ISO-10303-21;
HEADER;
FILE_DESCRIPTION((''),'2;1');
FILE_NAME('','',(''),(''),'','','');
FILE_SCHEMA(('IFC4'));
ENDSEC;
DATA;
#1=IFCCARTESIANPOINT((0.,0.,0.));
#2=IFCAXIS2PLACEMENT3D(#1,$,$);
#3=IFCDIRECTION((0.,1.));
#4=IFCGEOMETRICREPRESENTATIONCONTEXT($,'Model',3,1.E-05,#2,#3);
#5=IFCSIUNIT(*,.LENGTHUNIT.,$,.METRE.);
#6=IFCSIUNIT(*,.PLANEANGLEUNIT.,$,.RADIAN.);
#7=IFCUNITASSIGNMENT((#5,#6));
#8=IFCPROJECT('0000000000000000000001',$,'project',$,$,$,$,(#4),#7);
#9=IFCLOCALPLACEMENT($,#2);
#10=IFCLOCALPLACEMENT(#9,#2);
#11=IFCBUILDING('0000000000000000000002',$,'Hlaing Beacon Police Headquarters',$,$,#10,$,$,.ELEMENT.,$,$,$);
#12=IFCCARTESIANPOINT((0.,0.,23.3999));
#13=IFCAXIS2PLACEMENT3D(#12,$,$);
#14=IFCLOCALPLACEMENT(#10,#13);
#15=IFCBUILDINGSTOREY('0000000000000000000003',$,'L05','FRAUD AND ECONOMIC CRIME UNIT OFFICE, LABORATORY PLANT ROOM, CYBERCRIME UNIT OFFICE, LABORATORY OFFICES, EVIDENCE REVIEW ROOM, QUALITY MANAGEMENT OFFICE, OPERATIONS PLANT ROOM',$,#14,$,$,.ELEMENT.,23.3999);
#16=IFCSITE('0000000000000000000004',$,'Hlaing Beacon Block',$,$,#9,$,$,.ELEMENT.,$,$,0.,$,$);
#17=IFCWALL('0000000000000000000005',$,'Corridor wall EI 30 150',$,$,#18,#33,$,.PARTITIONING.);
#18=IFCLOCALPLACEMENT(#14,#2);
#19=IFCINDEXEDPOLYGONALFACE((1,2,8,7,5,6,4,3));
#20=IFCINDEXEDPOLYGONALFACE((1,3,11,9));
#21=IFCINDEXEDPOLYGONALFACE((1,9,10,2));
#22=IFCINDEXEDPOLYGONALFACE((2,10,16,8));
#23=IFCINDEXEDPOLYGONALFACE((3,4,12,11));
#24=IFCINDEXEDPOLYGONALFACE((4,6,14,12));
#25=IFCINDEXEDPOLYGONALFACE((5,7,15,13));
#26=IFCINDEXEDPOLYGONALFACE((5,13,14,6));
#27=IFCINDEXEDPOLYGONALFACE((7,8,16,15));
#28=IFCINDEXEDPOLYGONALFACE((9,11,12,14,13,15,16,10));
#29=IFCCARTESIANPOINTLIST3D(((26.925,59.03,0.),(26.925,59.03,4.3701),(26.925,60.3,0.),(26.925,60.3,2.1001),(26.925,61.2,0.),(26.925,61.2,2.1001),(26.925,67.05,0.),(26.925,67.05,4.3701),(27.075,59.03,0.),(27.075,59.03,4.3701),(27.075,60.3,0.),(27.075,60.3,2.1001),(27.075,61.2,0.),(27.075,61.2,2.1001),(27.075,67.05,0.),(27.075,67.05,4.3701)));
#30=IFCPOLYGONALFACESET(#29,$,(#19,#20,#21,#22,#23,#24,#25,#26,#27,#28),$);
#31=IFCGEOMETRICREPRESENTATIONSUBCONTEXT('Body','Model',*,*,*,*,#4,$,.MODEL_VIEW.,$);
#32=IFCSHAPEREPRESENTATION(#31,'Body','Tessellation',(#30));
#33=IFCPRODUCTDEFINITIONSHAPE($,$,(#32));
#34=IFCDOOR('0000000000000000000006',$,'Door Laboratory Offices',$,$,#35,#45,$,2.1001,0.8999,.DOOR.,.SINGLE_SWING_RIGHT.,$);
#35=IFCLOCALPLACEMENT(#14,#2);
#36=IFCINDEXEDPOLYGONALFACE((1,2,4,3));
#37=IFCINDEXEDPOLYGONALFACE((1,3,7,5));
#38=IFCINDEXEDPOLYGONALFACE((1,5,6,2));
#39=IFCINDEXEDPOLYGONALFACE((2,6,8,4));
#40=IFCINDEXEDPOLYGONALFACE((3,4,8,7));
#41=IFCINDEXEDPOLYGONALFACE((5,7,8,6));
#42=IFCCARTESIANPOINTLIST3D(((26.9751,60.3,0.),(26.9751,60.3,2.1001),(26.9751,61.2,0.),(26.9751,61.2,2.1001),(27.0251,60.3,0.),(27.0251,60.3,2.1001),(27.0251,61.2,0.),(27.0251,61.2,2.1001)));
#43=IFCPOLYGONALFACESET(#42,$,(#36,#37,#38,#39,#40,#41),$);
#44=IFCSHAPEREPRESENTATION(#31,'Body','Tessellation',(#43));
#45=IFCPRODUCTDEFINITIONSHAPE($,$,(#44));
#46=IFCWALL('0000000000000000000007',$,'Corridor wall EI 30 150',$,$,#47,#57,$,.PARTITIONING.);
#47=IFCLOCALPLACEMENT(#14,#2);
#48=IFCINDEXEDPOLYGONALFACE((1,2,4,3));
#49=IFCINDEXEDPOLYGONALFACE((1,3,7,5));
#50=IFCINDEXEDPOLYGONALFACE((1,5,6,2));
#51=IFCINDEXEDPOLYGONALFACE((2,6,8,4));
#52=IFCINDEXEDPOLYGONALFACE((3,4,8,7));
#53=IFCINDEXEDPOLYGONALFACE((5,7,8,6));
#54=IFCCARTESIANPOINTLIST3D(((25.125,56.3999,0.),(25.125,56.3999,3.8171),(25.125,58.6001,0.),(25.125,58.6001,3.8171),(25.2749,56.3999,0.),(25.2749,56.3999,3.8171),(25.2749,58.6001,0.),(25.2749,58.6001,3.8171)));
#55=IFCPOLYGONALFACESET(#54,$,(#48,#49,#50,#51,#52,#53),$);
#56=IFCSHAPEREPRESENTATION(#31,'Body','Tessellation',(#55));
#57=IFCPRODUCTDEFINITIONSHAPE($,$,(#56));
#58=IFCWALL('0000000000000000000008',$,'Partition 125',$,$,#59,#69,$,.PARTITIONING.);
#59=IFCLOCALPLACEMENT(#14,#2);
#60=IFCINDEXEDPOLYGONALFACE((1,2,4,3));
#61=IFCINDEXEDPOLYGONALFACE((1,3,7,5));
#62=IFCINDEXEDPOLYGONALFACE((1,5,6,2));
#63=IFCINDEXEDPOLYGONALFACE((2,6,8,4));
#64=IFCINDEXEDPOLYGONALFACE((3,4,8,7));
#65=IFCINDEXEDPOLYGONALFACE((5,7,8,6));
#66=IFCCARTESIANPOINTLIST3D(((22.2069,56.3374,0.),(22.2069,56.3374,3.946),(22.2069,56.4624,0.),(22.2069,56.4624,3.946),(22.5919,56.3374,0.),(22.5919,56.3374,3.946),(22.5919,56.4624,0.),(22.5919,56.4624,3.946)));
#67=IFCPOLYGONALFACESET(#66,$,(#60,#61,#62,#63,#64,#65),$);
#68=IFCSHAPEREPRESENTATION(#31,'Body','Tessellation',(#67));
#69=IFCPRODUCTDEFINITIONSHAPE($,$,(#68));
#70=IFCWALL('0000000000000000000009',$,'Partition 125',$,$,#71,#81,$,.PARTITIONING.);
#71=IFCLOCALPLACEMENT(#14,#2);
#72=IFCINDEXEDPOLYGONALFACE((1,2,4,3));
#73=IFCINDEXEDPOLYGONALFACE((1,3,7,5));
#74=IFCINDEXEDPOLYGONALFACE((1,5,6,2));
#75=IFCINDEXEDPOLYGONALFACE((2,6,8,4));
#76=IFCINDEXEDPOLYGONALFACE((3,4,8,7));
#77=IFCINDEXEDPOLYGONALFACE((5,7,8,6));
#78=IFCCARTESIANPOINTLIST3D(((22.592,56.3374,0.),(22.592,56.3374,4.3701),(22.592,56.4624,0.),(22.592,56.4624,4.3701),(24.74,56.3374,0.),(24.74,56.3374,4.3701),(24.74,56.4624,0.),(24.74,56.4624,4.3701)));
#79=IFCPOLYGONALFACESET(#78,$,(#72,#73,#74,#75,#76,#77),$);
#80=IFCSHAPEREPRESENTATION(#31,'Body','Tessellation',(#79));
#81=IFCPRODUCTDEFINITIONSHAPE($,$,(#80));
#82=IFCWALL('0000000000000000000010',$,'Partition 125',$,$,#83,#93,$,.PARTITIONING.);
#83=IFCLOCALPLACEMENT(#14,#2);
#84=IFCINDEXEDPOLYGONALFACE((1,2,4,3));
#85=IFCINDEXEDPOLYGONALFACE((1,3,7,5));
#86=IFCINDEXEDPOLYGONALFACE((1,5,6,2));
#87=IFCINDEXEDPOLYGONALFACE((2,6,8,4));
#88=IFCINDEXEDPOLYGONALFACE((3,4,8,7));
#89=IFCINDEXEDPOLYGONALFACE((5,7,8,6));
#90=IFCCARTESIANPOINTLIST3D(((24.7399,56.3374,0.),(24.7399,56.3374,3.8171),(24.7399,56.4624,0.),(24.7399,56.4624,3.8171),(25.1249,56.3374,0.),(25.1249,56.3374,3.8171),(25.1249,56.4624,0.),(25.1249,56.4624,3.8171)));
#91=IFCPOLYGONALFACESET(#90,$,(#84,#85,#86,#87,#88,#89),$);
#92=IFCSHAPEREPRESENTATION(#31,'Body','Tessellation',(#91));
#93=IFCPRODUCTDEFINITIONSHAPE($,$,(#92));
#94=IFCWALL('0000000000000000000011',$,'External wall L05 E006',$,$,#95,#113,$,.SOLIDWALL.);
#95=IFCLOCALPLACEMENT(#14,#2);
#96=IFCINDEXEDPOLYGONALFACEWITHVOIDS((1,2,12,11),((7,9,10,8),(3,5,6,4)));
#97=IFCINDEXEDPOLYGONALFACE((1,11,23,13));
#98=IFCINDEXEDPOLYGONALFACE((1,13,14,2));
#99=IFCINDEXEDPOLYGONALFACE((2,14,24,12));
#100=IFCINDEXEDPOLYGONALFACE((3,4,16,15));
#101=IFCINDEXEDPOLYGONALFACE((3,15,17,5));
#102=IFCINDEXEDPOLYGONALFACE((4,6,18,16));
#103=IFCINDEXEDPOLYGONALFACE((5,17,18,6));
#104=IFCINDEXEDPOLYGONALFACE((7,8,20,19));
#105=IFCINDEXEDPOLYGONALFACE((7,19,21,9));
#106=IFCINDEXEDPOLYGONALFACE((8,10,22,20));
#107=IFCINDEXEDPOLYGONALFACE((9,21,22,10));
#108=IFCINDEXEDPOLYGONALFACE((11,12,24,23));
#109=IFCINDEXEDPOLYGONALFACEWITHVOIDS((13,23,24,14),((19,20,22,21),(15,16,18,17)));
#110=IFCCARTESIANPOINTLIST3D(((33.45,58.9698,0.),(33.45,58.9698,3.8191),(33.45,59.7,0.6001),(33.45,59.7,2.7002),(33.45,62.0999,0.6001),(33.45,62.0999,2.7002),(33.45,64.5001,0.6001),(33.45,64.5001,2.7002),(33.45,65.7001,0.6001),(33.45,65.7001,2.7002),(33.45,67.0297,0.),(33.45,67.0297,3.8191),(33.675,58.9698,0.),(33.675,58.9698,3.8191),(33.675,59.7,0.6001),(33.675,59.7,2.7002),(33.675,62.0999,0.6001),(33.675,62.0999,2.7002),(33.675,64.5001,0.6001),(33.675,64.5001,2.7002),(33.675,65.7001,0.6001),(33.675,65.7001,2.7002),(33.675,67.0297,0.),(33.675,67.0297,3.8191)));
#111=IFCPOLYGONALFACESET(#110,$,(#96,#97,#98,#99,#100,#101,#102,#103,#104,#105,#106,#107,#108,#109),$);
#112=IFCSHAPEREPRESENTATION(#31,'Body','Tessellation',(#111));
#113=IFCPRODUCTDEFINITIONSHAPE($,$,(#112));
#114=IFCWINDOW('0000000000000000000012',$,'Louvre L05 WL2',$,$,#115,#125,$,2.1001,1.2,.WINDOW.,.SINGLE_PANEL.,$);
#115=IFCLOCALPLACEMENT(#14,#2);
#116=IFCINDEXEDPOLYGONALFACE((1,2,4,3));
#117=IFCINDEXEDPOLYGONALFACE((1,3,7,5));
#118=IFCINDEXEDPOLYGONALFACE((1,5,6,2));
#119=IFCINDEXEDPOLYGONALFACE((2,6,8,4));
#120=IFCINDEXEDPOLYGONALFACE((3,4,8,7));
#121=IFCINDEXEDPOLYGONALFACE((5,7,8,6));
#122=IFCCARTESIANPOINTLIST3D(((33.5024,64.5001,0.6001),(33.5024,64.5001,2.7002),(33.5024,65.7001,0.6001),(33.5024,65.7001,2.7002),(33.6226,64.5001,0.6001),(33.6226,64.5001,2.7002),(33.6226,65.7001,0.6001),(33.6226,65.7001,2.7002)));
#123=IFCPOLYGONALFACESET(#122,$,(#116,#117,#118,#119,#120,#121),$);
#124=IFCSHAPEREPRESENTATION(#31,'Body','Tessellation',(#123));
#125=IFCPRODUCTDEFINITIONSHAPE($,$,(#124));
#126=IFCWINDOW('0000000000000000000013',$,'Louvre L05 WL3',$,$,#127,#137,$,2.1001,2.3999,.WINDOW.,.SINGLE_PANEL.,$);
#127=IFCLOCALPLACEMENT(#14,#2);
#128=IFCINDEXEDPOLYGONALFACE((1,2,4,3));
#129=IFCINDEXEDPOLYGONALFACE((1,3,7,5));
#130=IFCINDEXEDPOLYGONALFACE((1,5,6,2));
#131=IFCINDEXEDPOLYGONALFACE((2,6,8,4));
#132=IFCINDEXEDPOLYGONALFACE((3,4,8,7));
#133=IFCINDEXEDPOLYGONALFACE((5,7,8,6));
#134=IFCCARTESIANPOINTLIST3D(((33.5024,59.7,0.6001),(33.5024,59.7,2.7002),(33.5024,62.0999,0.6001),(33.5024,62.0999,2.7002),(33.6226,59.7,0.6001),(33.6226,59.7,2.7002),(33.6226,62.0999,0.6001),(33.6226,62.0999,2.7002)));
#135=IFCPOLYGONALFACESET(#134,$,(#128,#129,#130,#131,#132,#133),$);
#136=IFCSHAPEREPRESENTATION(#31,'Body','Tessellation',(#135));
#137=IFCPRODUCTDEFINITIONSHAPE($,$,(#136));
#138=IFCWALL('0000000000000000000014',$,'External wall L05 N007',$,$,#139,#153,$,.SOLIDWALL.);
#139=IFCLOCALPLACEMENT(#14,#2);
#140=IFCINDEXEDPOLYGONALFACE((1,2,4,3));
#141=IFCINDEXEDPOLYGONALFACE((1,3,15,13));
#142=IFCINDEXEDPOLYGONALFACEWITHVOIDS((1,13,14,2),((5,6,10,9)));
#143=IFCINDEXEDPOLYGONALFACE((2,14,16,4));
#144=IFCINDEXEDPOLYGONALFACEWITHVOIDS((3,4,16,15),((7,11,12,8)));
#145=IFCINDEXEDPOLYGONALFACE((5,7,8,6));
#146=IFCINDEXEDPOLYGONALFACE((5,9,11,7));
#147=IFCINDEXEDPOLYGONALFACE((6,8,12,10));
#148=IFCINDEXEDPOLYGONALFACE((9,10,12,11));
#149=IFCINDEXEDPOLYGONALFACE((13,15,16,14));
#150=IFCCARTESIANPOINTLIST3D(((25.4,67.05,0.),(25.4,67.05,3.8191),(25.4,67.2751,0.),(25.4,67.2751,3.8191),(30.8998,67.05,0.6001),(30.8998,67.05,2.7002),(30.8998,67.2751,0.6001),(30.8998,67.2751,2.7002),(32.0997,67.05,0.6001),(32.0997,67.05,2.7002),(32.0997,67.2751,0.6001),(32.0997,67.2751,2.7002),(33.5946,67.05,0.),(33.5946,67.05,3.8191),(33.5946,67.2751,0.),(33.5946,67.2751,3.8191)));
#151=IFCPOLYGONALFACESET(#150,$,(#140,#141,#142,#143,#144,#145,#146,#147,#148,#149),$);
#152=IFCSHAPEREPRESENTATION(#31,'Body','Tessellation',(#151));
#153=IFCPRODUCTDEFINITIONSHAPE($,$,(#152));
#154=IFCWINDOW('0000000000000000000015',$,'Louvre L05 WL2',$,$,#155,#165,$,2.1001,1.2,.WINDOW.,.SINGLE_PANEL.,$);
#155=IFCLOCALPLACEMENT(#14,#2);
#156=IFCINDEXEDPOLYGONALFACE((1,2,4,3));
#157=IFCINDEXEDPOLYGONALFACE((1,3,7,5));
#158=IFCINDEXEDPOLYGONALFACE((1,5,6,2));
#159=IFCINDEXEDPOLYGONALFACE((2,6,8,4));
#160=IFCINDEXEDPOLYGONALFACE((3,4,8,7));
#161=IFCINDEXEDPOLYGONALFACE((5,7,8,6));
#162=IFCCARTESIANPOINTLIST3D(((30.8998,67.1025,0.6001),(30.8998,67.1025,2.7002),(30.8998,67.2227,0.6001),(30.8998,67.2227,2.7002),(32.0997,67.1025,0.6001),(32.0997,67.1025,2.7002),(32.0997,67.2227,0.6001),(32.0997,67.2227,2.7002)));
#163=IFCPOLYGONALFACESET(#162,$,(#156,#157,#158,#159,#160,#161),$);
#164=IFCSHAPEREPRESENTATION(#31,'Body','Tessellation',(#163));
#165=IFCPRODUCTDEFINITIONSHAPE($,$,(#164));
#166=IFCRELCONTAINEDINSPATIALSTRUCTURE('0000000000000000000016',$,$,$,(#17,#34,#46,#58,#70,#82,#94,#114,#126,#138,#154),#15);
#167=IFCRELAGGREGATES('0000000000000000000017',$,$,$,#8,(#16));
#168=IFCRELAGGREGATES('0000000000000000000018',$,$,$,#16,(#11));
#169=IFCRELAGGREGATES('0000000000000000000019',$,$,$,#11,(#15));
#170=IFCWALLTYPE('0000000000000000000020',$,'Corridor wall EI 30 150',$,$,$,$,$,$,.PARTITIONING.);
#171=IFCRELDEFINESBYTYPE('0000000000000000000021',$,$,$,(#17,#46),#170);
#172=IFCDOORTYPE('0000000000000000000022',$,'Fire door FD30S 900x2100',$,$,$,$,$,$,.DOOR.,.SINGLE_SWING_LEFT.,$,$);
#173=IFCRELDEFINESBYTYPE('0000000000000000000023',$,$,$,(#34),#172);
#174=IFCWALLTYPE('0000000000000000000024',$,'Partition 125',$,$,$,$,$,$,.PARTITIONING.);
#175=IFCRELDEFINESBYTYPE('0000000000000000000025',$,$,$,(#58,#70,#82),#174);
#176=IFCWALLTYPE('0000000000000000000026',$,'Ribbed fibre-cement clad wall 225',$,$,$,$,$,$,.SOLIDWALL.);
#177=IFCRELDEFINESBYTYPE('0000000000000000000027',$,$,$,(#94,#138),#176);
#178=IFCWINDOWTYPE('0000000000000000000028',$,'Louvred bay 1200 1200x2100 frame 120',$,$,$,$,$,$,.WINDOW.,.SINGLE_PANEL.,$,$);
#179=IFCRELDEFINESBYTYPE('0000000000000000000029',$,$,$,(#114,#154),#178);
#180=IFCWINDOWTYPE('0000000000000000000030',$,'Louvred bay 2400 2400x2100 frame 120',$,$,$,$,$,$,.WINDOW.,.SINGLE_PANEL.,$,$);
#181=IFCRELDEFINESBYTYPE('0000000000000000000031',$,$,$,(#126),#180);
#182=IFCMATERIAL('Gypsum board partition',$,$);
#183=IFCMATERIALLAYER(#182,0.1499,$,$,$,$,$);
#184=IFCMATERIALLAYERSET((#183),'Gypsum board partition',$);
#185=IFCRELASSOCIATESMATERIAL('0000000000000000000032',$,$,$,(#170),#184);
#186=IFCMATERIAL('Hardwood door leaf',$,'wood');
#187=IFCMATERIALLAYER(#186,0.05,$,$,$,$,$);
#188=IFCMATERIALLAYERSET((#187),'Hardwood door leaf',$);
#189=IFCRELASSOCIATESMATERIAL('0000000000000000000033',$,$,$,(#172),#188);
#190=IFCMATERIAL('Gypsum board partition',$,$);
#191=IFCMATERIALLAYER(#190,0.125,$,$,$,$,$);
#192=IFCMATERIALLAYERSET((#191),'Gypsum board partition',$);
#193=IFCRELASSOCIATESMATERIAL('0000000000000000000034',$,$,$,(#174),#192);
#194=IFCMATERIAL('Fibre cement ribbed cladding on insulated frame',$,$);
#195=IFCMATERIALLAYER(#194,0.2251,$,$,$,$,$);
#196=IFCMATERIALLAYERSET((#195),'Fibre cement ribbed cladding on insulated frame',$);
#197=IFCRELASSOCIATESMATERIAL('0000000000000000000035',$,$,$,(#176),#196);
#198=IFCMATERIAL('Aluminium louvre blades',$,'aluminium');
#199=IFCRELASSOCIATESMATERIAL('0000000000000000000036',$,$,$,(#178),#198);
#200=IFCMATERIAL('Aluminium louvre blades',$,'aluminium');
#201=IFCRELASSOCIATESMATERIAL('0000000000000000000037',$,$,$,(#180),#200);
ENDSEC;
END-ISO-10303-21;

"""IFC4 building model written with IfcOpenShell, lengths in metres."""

from ifc_helpers import new_model, si_unit, direction, frame, frame_2d, origin, place, context, subcontext, project, spatial, rectangle, extrude, material, layer, layer_set, type_object, element, fill, save


model = new_model("IFC4")

# Units and contexts
model_context = context("Model", 3, precision=1e-05, world=origin(), true_north=direction((0.0, 1.0)))
body_context = subcontext(model_context, "Body", "Model", "MODEL_VIEW")
ifc_project = project(units=[si_unit("LENGTHUNIT", "METRE"), si_unit("PLANEANGLEUNIT", "RADIAN")], contexts=[model_context])

# Site, building, storey
site_placement = place(None, origin())
site = spatial("IfcSite", under=ifc_project, at=site_placement, Name="Hlaing Beacon Block", CompositionType="ELEMENT", RefElevation=0.0)
building_placement = place(site_placement, origin())
building = spatial("IfcBuilding", under=site, at=building_placement, Name="Hlaing Beacon Police Headquarters", CompositionType="ELEMENT")
storey_placement = place(building_placement, frame((0.0, 0.0, 23.3999)))
storey = spatial("IfcBuildingStorey", under=building, at=storey_placement, Name="L05", Description="FRAUD AND ECONOMIC CRIME UNIT OFFICE, LABORATORY PLANT ROOM, CYBERCRIME UNIT OFFICE, LABORATORY OFFICES, EVIDENCE REVIEW ROOM, QUALITY MANAGEMENT OFFICE, OPERATIONS PLANT ROOM", CompositionType="ELEMENT", Elevation=23.3999)

# Shared definitions
ifc_material_1 = material(Name="Gypsum board partition")
ifc_layer_1 = layer(ifc_material_1, 0.1499)
ifc_layer_set_1 = layer_set([ifc_layer_1], Name="Gypsum board partition")
wall_type_1 = type_object("IfcWallType", Name="Corridor wall EI 30 150", PredefinedType="PARTITIONING", material=ifc_layer_set_1)

# Wall, opening, door
wall_1_placement = place(storey_placement, frame((27.0, 59.03, 0.0), z_axis=(0.0, 0.0, 1.0), x_axis=(0.0, 1.0, 0.0)))
wall_1 = element("IfcWall", 1, at=wall_1_placement, inside=storey, type_object=wall_type_1, Name="Corridor wall EI 30 150", PredefinedType="PARTITIONING", context=body_context, shape_type="SweptSolid", body=[
    extrude(rectangle(XDim=8.02, YDim=0.1499, at=frame_2d((4.01, 0.0))), origin(), (0.0, 0.0, 1.0), 4.3701),
])
opening_1_placement = place(wall_1_placement, frame((1.27, 0.0, 0.0)))
opening_1 = element("IfcOpeningElement", 2, at=opening_1_placement, cuts=wall_1, PredefinedType="OPENING", context=body_context, shape_type="SweptSolid", body=[
    extrude(rectangle(XDim=0.8999, YDim=2.1001, at=frame_2d((0.45, 1.05))), frame((0.0, 0.085, 0.0), z_axis=(0.0, -1.0, 0.0), x_axis=(1.0, 0.0, 0.0)), (0.0, 0.0, 1.0), 0.1699),
])
ifc_material_2 = material(Name="Hardwood door leaf", Category="wood")
ifc_layer_2 = layer(ifc_material_2, 0.05)
ifc_layer_set_2 = layer_set([ifc_layer_2], Name="Hardwood door leaf")
door_type_1 = type_object("IfcDoorType", Name="Fire door FD30S 900x2100", OperationType="SINGLE_SWING_LEFT", PredefinedType="DOOR", material=ifc_layer_set_2)
door_1_placement = place(opening_1_placement, frame((0.8999, 0.0, 0.0), z_axis=(0.0, 0.0, 1.0), x_axis=(-1.0, 0.0, 0.0)))
door_1 = element("IfcDoor", 3, at=door_1_placement, inside=storey, type_object=door_type_1, Name="Door Laboratory Offices", OperationType="SINGLE_SWING_RIGHT", OverallHeight=2.1001, OverallWidth=0.8999, PredefinedType="DOOR", context=body_context, shape_type="SweptSolid", body=[
    extrude(rectangle(XDim=0.8999, YDim=2.1001, at=frame_2d((0.45, 1.05))), frame((0.0, 0.0251, 0.0), z_axis=(0.0, -1.0, 0.0), x_axis=(1.0, 0.0, 0.0)), (0.0, 0.0, 1.0), 0.05),
])
fill(opening_1, door_1)

# Walls
wall_2_placement = place(storey_placement, frame((25.2, 56.3999, 0.0), z_axis=(0.0, 0.0, 1.0), x_axis=(0.0, 1.0, 0.0)))
element("IfcWall", 4, at=wall_2_placement, inside=storey, type_object=wall_type_1, Name="Corridor wall EI 30 150", PredefinedType="PARTITIONING", context=body_context, shape_type="SweptSolid", body=[
    extrude(rectangle(XDim=2.2002, YDim=0.1499, at=frame_2d((1.1001, 0.0))), origin(), (0.0, 0.0, 1.0), 3.8171),
])
ifc_material_3 = material(Name="Gypsum board partition")
ifc_layer_3 = layer(ifc_material_3, 0.125)
ifc_layer_set_3 = layer_set([ifc_layer_3], Name="Gypsum board partition")
wall_type_2 = type_object("IfcWallType", Name="Partition 125", PredefinedType="PARTITIONING", material=ifc_layer_set_3)
wall_3_placement = place(storey_placement, frame((22.207, 56.3999, 0.0), z_axis=(0.0, 0.0, 1.0), x_axis=(1.0, 0.0, 0.0)))
element("IfcWall", 5, at=wall_3_placement, inside=storey, type_object=wall_type_2, Name="Partition 125", PredefinedType="PARTITIONING", context=body_context, shape_type="SweptSolid", body=[
    extrude(rectangle(XDim=0.385, YDim=0.125, at=frame_2d((0.1924, 0.0))), origin(), (0.0, 0.0, 1.0), 3.946),
])
wall_4_placement = place(storey_placement, frame((22.592, 56.3999, 0.0), z_axis=(0.0, 0.0, 1.0), x_axis=(1.0, 0.0, 0.0)))
element("IfcWall", 6, at=wall_4_placement, inside=storey, type_object=wall_type_2, Name="Partition 125", PredefinedType="PARTITIONING", context=body_context, shape_type="SweptSolid", body=[
    extrude(rectangle(XDim=2.1479, YDim=0.125, at=frame_2d((1.074, 0.0))), origin(), (0.0, 0.0, 1.0), 4.3701),
])
wall_5_placement = place(storey_placement, frame((24.74, 56.3999, 0.0), z_axis=(0.0, 0.0, 1.0), x_axis=(1.0, 0.0, 0.0)))
element("IfcWall", 7, at=wall_5_placement, inside=storey, type_object=wall_type_2, Name="Partition 125", PredefinedType="PARTITIONING", context=body_context, shape_type="SweptSolid", body=[
    extrude(rectangle(XDim=0.385, YDim=0.125, at=frame_2d((0.1924, 0.0))), origin(), (0.0, 0.0, 1.0), 3.8171),
])

# Wall, openings, windows
ifc_material_4 = material(Name="Fibre cement ribbed cladding on insulated frame")
ifc_layer_4 = layer(ifc_material_4, 0.2251)
ifc_layer_set_4 = layer_set([ifc_layer_4], Name="Fibre cement ribbed cladding on insulated frame")
wall_type_3 = type_object("IfcWallType", Name="Ribbed fibre-cement clad wall 225", PredefinedType="SOLIDWALL", material=ifc_layer_set_4)
wall_6_placement = place(storey_placement, frame((33.5625, 58.97, 0.0), z_axis=(0.0, 0.0, 1.0), x_axis=(0.0, 1.0, 0.0)))
wall_6 = element("IfcWall", 8, at=wall_6_placement, inside=storey, type_object=wall_type_3, Name="External wall L05 E006", PredefinedType="SOLIDWALL", context=body_context, shape_type="SweptSolid", body=[
    extrude(rectangle(XDim=8.0598, YDim=0.2251, at=frame_2d((4.0298, 0.0))), origin(), (0.0, 0.0, 1.0), 3.8191),
])
opening_2_placement = place(wall_6_placement, frame((0.73, 0.0, 0.6001)))
opening_2 = element("IfcOpeningElement", 9, at=opening_2_placement, cuts=wall_6, PredefinedType="OPENING", context=body_context, shape_type="SweptSolid", body=[
    extrude(rectangle(XDim=2.3999, YDim=2.1001, at=frame_2d((1.2, 1.05))), frame((0.0, 0.1226, 0.0), z_axis=(0.0, -1.0, 0.0), x_axis=(1.0, 0.0, 0.0)), (0.0, 0.0, 1.0), 0.2451),
])
opening_3_placement = place(wall_6_placement, frame((5.53, 0.0, 0.6001)))
opening_3 = element("IfcOpeningElement", 10, at=opening_3_placement, cuts=wall_6, PredefinedType="OPENING", context=body_context, shape_type="SweptSolid", body=[
    extrude(rectangle(XDim=1.2, YDim=2.1001, at=frame_2d((0.6001, 1.05))), frame((0.0, 0.1226, 0.0), z_axis=(0.0, -1.0, 0.0), x_axis=(1.0, 0.0, 0.0)), (0.0, 0.0, 1.0), 0.2451),
])
ifc_material_5 = material(Name="Aluminium louvre blades", Category="aluminium")
window_type_1 = type_object("IfcWindowType", Name="Louvred bay 1200 1200x2100 frame 120", PartitioningType="SINGLE_PANEL", PredefinedType="WINDOW", material=ifc_material_5)
window_1_placement = place(opening_3_placement, origin())
window_1 = element("IfcWindow", 11, at=window_1_placement, inside=storey, type_object=window_type_1, Name="Louvre L05 WL2", OverallHeight=2.1001, OverallWidth=1.2, PartitioningType="SINGLE_PANEL", PredefinedType="WINDOW", context=body_context, shape_type="SweptSolid", body=[
    extrude(rectangle(XDim=1.2, YDim=2.1001, at=frame_2d((0.6001, 1.05))), frame((0.0, 0.0601, 0.0), z_axis=(0.0, -1.0, 0.0), x_axis=(1.0, 0.0, 0.0)), (0.0, 0.0, 1.0), 0.1201),
])
fill(opening_3, window_1)
ifc_material_6 = material(Name="Aluminium louvre blades", Category="aluminium")
window_type_2 = type_object("IfcWindowType", Name="Louvred bay 2400 2400x2100 frame 120", PartitioningType="SINGLE_PANEL", PredefinedType="WINDOW", material=ifc_material_6)
window_2_placement = place(opening_2_placement, origin())
window_2 = element("IfcWindow", 12, at=window_2_placement, inside=storey, type_object=window_type_2, Name="Louvre L05 WL3", OverallHeight=2.1001, OverallWidth=2.3999, PartitioningType="SINGLE_PANEL", PredefinedType="WINDOW", context=body_context, shape_type="SweptSolid", body=[
    extrude(rectangle(XDim=2.3999, YDim=2.1001, at=frame_2d((1.2, 1.05))), frame((0.0, 0.0601, 0.0), z_axis=(0.0, -1.0, 0.0), x_axis=(1.0, 0.0, 0.0)), (0.0, 0.0, 1.0), 0.1201),
])
fill(opening_2, window_2)

# Wall, opening, window
wall_7_placement = place(storey_placement, frame((33.5945, 67.1626, 0.0), z_axis=(0.0, 0.0, 1.0), x_axis=(-1.0, 0.0, 0.0)))
wall_7 = element("IfcWall", 13, at=wall_7_placement, inside=storey, type_object=wall_type_3, Name="External wall L05 N007", PredefinedType="SOLIDWALL", context=body_context, shape_type="SweptSolid", body=[
    extrude(rectangle(XDim=8.1946, YDim=0.2251, at=frame_2d((4.0972, 0.0))), origin(), (0.0, 0.0, 1.0), 3.8191),
])
opening_4_placement = place(wall_7_placement, frame((1.4946, 0.0, 0.6001)))
opening_4 = element("IfcOpeningElement", 14, at=opening_4_placement, cuts=wall_7, PredefinedType="OPENING", context=body_context, shape_type="SweptSolid", body=[
    extrude(rectangle(XDim=1.2, YDim=2.1001, at=frame_2d((0.6001, 1.05))), frame((0.0, 0.1226, 0.0), z_axis=(0.0, -1.0, 0.0), x_axis=(1.0, 0.0, 0.0)), (0.0, 0.0, 1.0), 0.2451),
])
window_3_placement = place(opening_4_placement, origin())
window_3 = element("IfcWindow", 15, at=window_3_placement, inside=storey, type_object=window_type_1, Name="Louvre L05 WL2", OverallHeight=2.1001, OverallWidth=1.2, PartitioningType="SINGLE_PANEL", PredefinedType="WINDOW", context=body_context, shape_type="SweptSolid", body=[
    extrude(rectangle(XDim=1.2, YDim=2.1001, at=frame_2d((0.6001, 1.05))), frame((0.0, 0.0601, 0.0), z_axis=(0.0, -1.0, 0.0), x_axis=(1.0, 0.0, 0.0)), (0.0, 0.0, 1.0), 0.1201),
])
fill(opening_4, window_3)

save(model, "model.ifc")
